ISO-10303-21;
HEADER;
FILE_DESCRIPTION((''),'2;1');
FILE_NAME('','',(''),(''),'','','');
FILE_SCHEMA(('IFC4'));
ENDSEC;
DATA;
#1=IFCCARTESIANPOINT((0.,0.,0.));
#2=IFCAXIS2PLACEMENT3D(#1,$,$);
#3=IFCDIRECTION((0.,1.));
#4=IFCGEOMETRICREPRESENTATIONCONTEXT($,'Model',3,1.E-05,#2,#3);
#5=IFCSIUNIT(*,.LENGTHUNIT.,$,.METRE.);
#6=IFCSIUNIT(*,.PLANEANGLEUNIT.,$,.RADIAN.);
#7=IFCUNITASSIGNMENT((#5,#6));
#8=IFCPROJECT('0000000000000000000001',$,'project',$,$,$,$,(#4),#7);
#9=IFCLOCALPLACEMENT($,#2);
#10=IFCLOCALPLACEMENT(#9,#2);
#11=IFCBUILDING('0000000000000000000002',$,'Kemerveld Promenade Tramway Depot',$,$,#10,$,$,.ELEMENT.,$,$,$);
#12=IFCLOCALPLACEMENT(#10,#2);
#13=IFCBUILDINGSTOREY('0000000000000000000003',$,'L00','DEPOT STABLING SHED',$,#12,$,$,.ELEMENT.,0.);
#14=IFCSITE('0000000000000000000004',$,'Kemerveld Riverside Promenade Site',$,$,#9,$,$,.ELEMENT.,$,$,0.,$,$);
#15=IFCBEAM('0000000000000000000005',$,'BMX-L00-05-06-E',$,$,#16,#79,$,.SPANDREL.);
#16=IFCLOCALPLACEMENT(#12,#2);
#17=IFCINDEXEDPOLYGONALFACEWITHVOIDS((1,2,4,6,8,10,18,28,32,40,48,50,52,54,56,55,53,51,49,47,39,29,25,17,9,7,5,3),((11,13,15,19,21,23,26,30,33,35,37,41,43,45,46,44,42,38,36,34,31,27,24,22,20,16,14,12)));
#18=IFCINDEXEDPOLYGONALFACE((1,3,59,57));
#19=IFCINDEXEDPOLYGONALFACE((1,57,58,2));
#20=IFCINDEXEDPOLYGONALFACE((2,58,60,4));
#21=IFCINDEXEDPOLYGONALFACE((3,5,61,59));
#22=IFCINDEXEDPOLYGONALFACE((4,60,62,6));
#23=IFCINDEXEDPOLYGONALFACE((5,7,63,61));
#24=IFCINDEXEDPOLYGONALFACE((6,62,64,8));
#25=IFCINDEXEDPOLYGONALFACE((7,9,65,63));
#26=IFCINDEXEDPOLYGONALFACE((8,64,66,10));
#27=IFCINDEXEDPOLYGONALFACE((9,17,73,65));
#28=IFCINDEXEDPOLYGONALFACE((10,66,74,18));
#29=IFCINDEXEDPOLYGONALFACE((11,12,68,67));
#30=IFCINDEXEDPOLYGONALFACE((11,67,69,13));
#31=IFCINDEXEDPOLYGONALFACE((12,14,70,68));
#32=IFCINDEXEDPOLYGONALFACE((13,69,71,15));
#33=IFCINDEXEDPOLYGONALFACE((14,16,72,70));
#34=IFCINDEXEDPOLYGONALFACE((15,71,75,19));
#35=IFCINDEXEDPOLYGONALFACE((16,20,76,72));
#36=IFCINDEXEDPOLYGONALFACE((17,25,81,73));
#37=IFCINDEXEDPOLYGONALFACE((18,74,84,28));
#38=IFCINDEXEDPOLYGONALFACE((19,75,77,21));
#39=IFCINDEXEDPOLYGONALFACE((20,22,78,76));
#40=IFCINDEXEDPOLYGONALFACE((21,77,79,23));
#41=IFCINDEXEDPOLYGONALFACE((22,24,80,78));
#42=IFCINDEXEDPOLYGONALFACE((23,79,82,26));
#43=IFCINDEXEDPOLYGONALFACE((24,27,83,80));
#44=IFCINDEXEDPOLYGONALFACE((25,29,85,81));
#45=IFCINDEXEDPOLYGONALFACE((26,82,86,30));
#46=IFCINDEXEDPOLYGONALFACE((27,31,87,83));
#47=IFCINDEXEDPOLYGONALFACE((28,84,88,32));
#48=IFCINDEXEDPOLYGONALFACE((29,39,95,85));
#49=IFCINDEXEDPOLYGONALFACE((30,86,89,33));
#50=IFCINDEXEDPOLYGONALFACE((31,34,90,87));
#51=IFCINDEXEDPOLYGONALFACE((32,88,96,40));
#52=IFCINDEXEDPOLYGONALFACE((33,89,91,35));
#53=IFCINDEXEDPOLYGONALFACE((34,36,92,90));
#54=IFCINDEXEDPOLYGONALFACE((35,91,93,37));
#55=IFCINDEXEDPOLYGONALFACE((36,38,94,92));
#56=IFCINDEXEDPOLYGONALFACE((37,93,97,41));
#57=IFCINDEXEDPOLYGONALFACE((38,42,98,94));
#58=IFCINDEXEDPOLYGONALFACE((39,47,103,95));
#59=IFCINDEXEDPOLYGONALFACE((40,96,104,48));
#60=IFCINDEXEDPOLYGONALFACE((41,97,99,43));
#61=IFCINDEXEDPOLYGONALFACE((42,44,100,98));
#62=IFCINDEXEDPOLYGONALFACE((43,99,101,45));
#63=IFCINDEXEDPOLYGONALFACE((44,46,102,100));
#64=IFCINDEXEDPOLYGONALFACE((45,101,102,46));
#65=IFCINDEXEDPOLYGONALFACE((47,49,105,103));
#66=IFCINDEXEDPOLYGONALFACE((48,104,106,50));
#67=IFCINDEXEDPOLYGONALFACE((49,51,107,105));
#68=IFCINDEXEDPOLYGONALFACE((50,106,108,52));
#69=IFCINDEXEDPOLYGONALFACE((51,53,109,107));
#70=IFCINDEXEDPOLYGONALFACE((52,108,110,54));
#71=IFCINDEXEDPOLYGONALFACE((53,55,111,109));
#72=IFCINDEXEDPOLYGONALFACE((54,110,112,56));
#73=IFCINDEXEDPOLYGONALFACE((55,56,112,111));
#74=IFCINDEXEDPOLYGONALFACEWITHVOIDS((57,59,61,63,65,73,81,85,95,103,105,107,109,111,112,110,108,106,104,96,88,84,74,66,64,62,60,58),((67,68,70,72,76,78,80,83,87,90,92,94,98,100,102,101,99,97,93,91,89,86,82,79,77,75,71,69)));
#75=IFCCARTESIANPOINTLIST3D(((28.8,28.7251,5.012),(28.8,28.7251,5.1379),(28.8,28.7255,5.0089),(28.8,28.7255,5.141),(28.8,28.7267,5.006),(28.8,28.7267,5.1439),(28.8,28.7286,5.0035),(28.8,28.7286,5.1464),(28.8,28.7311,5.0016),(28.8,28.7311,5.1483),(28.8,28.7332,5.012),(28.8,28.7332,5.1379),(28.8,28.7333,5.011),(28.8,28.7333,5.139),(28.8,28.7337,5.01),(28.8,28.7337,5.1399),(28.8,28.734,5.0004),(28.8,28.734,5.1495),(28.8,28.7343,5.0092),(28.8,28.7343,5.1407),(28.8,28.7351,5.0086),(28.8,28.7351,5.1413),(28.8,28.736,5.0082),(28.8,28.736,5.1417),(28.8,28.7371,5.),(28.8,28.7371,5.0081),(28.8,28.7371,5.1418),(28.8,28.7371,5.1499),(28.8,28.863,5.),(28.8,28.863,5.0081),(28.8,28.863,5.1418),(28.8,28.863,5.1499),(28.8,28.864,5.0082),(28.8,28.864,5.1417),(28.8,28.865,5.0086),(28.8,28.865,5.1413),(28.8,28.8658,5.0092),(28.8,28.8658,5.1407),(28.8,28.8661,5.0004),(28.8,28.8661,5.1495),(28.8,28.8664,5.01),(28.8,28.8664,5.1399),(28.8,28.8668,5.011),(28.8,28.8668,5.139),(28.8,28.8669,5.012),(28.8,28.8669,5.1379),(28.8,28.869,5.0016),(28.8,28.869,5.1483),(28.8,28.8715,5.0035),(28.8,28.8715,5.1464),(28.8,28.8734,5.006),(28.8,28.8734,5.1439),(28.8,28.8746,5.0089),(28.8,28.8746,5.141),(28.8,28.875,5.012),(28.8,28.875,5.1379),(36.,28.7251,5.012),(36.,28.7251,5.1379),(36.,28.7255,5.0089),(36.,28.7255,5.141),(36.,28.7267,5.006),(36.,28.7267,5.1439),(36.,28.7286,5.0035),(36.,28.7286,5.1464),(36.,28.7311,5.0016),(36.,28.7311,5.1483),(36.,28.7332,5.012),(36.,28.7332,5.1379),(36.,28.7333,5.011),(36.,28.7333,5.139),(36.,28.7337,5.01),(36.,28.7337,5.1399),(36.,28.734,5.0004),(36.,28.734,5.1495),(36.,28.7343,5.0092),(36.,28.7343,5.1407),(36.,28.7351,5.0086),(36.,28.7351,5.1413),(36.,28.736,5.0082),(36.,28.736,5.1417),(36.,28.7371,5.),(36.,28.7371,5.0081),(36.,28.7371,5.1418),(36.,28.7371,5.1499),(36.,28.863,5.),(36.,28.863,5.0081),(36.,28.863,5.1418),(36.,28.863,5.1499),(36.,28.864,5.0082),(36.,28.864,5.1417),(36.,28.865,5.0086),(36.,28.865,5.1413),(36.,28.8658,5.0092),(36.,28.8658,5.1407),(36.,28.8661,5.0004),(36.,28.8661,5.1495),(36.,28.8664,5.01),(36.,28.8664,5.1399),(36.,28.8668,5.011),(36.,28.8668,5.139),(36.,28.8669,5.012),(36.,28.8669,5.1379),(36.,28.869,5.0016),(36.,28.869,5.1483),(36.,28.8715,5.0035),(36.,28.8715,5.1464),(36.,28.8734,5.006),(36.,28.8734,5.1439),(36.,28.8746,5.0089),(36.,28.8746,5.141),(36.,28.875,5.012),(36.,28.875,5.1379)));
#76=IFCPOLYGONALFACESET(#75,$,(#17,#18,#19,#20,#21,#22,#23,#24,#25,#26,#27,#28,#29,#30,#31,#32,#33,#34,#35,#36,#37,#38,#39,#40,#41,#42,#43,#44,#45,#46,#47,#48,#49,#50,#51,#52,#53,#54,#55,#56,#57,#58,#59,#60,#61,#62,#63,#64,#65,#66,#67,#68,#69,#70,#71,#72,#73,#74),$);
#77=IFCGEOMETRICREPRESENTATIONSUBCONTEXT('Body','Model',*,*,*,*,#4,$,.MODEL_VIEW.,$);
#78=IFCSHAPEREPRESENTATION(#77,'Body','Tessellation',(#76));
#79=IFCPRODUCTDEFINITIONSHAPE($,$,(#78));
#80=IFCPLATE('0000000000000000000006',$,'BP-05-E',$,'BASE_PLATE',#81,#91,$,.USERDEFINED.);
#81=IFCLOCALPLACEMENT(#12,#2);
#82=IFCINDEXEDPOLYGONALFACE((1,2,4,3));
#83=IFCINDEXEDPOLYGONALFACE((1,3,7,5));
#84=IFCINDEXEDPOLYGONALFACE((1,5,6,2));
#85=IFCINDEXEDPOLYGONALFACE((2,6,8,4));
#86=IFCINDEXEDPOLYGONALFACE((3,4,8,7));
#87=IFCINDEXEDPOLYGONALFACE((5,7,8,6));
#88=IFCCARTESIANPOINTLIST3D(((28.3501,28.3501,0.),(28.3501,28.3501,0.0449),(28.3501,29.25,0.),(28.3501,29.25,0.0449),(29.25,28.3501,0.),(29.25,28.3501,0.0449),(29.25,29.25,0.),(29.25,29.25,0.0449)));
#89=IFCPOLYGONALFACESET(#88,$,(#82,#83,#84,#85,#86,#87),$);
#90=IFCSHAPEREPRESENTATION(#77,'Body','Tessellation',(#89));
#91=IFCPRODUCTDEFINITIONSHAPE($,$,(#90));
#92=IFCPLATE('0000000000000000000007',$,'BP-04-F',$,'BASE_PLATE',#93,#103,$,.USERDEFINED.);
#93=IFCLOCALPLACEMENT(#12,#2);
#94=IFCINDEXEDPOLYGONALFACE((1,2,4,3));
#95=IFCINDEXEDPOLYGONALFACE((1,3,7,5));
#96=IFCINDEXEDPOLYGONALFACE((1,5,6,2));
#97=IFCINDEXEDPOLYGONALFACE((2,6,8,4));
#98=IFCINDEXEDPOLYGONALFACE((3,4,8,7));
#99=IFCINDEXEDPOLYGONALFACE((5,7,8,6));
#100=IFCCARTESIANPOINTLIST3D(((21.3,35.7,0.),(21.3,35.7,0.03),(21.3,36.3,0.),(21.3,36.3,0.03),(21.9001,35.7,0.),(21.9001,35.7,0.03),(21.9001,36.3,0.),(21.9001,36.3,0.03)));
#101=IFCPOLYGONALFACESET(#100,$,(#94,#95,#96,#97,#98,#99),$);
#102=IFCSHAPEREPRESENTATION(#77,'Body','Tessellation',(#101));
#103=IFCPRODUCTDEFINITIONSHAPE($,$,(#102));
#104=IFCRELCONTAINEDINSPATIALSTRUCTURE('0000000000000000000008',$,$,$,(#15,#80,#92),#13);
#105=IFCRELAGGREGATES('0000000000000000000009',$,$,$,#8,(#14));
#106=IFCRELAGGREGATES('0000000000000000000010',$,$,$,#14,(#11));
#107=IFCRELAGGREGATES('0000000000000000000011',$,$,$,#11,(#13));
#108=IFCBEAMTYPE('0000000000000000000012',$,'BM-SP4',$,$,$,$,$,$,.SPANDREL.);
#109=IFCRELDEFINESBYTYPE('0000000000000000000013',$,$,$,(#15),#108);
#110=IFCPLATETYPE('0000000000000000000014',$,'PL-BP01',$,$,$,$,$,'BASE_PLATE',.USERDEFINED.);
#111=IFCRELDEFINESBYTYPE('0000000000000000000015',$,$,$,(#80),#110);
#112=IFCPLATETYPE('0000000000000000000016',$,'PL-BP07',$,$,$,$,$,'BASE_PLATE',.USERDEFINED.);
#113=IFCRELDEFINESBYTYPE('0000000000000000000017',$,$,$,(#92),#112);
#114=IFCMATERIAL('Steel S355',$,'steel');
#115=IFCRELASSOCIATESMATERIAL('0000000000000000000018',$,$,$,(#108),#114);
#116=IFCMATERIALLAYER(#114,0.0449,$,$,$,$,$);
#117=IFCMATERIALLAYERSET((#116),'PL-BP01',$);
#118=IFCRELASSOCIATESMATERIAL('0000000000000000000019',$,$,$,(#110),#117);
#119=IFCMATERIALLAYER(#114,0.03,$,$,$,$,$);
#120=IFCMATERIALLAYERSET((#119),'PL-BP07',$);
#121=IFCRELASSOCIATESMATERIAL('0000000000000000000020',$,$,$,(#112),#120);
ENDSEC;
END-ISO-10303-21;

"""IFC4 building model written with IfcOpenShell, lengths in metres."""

from ifc_helpers import new_model, si_unit, direction, frame, origin, origin_2d, place, context, subcontext, project, spatial, rectangle, hollow_rectangle, extrude, material, layer, layer_set, material_profile, profile_set, type_object, element, save


model = new_model("IFC4")

# Units and contexts
model_context = context("Model", 3, precision=1e-05, world=origin(), true_north=direction((0.0, 1.0)))
body_context = subcontext(model_context, "Body", "Model", "MODEL_VIEW")
ifc_project = project(units=[si_unit("LENGTHUNIT", "METRE"), si_unit("PLANEANGLEUNIT", "RADIAN")], contexts=[model_context])

# Site, building, storey
site_placement = place(None, origin())
site = spatial("IfcSite", under=ifc_project, at=site_placement, Name="Kemerveld Riverside Promenade Site", CompositionType="ELEMENT", RefElevation=0.0)
building_placement = place(site_placement, origin())
building = spatial("IfcBuilding", under=site, at=building_placement, Name="Kemerveld Promenade Tramway Depot", CompositionType="ELEMENT")
storey_placement = place(building_placement, origin())
storey = spatial("IfcBuildingStorey", under=building, at=storey_placement, Name="L00", Description="DEPOT STABLING SHED", CompositionType="ELEMENT", Elevation=0.0)

# Shared definitions
ifc_material_1 = material(Name="Steel S355", Category="steel")

# Beam
ifc_material_profile_1 = material_profile(ifc_material_1, hollow_rectangle(XDim=0.1499, YDim=0.1499, WallThickness=0.0081, InnerFilletRadius=0.0039, OuterFilletRadius=0.012, at=origin_2d()), Name="150x150x8.0 SHS")
ifc_profile_set_1 = profile_set([ifc_material_profile_1], Name="Steel S355")
beam_type_1 = type_object("IfcBeamType", Name="BM-SP4", PredefinedType="SPANDREL", material=ifc_profile_set_1)
beam_placement = place(storey_placement, frame((28.8, 28.8, 5.075), z_axis=(1.0, 0.0, 0.0), x_axis=(0.0, 1.0, 0.0)))
element("IfcBeam", 1, at=beam_placement, inside=storey, type_object=beam_type_1, Name="BMX-L00-05-06-E", PredefinedType="SPANDREL", context=body_context, shape_type="SweptSolid", body=[
    extrude(hollow_rectangle(XDim=0.1499, YDim=0.1499, WallThickness=0.0081, InnerFilletRadius=0.0039, OuterFilletRadius=0.012, at=origin_2d()), origin(), (0.0, 0.0, 1.0), 7.2),
])

# Plates
ifc_layer_1 = layer(ifc_material_1, 0.0449)
ifc_layer_set_1 = layer_set([ifc_layer_1], Name="PL-BP01")
plate_type_1 = type_object("IfcPlateType", Name="PL-BP01", ElementType="BASE_PLATE", PredefinedType="USERDEFINED", material=ifc_layer_set_1)
plate_1_placement = place(storey_placement, frame((28.8, 28.8, 0.0), z_axis=(0.0, 0.0, 1.0), x_axis=(1.0, 0.0, 0.0)))
element("IfcPlate", 2, at=plate_1_placement, inside=storey, type_object=plate_type_1, Name="BP-05-E", ObjectType="BASE_PLATE", PredefinedType="USERDEFINED", context=body_context, shape_type="SweptSolid", body=[
    extrude(rectangle(XDim=0.8999, YDim=0.8999, at=origin_2d()), origin(), (0.0, 0.0, 1.0), 0.0449),
])
ifc_layer_2 = layer(ifc_material_1, 0.03)
ifc_layer_set_2 = layer_set([ifc_layer_2], Name="PL-BP07")
plate_type_2 = type_object("IfcPlateType", Name="PL-BP07", ElementType="BASE_PLATE", PredefinedType="USERDEFINED", material=ifc_layer_set_2)
plate_2_placement = place(storey_placement, frame((21.6001, 36.0, 0.0), z_axis=(0.0, 0.0, 1.0), x_axis=(1.0, 0.0, 0.0)))
element("IfcPlate", 3, at=plate_2_placement, inside=storey, type_object=plate_type_2, Name="BP-04-F", ObjectType="BASE_PLATE", PredefinedType="USERDEFINED", context=body_context, shape_type="SweptSolid", body=[
    extrude(rectangle(XDim=0.6001, YDim=0.6001, at=origin_2d()), origin(), (0.0, 0.0, 1.0), 0.03),
])

save(model, "model.ifc")
